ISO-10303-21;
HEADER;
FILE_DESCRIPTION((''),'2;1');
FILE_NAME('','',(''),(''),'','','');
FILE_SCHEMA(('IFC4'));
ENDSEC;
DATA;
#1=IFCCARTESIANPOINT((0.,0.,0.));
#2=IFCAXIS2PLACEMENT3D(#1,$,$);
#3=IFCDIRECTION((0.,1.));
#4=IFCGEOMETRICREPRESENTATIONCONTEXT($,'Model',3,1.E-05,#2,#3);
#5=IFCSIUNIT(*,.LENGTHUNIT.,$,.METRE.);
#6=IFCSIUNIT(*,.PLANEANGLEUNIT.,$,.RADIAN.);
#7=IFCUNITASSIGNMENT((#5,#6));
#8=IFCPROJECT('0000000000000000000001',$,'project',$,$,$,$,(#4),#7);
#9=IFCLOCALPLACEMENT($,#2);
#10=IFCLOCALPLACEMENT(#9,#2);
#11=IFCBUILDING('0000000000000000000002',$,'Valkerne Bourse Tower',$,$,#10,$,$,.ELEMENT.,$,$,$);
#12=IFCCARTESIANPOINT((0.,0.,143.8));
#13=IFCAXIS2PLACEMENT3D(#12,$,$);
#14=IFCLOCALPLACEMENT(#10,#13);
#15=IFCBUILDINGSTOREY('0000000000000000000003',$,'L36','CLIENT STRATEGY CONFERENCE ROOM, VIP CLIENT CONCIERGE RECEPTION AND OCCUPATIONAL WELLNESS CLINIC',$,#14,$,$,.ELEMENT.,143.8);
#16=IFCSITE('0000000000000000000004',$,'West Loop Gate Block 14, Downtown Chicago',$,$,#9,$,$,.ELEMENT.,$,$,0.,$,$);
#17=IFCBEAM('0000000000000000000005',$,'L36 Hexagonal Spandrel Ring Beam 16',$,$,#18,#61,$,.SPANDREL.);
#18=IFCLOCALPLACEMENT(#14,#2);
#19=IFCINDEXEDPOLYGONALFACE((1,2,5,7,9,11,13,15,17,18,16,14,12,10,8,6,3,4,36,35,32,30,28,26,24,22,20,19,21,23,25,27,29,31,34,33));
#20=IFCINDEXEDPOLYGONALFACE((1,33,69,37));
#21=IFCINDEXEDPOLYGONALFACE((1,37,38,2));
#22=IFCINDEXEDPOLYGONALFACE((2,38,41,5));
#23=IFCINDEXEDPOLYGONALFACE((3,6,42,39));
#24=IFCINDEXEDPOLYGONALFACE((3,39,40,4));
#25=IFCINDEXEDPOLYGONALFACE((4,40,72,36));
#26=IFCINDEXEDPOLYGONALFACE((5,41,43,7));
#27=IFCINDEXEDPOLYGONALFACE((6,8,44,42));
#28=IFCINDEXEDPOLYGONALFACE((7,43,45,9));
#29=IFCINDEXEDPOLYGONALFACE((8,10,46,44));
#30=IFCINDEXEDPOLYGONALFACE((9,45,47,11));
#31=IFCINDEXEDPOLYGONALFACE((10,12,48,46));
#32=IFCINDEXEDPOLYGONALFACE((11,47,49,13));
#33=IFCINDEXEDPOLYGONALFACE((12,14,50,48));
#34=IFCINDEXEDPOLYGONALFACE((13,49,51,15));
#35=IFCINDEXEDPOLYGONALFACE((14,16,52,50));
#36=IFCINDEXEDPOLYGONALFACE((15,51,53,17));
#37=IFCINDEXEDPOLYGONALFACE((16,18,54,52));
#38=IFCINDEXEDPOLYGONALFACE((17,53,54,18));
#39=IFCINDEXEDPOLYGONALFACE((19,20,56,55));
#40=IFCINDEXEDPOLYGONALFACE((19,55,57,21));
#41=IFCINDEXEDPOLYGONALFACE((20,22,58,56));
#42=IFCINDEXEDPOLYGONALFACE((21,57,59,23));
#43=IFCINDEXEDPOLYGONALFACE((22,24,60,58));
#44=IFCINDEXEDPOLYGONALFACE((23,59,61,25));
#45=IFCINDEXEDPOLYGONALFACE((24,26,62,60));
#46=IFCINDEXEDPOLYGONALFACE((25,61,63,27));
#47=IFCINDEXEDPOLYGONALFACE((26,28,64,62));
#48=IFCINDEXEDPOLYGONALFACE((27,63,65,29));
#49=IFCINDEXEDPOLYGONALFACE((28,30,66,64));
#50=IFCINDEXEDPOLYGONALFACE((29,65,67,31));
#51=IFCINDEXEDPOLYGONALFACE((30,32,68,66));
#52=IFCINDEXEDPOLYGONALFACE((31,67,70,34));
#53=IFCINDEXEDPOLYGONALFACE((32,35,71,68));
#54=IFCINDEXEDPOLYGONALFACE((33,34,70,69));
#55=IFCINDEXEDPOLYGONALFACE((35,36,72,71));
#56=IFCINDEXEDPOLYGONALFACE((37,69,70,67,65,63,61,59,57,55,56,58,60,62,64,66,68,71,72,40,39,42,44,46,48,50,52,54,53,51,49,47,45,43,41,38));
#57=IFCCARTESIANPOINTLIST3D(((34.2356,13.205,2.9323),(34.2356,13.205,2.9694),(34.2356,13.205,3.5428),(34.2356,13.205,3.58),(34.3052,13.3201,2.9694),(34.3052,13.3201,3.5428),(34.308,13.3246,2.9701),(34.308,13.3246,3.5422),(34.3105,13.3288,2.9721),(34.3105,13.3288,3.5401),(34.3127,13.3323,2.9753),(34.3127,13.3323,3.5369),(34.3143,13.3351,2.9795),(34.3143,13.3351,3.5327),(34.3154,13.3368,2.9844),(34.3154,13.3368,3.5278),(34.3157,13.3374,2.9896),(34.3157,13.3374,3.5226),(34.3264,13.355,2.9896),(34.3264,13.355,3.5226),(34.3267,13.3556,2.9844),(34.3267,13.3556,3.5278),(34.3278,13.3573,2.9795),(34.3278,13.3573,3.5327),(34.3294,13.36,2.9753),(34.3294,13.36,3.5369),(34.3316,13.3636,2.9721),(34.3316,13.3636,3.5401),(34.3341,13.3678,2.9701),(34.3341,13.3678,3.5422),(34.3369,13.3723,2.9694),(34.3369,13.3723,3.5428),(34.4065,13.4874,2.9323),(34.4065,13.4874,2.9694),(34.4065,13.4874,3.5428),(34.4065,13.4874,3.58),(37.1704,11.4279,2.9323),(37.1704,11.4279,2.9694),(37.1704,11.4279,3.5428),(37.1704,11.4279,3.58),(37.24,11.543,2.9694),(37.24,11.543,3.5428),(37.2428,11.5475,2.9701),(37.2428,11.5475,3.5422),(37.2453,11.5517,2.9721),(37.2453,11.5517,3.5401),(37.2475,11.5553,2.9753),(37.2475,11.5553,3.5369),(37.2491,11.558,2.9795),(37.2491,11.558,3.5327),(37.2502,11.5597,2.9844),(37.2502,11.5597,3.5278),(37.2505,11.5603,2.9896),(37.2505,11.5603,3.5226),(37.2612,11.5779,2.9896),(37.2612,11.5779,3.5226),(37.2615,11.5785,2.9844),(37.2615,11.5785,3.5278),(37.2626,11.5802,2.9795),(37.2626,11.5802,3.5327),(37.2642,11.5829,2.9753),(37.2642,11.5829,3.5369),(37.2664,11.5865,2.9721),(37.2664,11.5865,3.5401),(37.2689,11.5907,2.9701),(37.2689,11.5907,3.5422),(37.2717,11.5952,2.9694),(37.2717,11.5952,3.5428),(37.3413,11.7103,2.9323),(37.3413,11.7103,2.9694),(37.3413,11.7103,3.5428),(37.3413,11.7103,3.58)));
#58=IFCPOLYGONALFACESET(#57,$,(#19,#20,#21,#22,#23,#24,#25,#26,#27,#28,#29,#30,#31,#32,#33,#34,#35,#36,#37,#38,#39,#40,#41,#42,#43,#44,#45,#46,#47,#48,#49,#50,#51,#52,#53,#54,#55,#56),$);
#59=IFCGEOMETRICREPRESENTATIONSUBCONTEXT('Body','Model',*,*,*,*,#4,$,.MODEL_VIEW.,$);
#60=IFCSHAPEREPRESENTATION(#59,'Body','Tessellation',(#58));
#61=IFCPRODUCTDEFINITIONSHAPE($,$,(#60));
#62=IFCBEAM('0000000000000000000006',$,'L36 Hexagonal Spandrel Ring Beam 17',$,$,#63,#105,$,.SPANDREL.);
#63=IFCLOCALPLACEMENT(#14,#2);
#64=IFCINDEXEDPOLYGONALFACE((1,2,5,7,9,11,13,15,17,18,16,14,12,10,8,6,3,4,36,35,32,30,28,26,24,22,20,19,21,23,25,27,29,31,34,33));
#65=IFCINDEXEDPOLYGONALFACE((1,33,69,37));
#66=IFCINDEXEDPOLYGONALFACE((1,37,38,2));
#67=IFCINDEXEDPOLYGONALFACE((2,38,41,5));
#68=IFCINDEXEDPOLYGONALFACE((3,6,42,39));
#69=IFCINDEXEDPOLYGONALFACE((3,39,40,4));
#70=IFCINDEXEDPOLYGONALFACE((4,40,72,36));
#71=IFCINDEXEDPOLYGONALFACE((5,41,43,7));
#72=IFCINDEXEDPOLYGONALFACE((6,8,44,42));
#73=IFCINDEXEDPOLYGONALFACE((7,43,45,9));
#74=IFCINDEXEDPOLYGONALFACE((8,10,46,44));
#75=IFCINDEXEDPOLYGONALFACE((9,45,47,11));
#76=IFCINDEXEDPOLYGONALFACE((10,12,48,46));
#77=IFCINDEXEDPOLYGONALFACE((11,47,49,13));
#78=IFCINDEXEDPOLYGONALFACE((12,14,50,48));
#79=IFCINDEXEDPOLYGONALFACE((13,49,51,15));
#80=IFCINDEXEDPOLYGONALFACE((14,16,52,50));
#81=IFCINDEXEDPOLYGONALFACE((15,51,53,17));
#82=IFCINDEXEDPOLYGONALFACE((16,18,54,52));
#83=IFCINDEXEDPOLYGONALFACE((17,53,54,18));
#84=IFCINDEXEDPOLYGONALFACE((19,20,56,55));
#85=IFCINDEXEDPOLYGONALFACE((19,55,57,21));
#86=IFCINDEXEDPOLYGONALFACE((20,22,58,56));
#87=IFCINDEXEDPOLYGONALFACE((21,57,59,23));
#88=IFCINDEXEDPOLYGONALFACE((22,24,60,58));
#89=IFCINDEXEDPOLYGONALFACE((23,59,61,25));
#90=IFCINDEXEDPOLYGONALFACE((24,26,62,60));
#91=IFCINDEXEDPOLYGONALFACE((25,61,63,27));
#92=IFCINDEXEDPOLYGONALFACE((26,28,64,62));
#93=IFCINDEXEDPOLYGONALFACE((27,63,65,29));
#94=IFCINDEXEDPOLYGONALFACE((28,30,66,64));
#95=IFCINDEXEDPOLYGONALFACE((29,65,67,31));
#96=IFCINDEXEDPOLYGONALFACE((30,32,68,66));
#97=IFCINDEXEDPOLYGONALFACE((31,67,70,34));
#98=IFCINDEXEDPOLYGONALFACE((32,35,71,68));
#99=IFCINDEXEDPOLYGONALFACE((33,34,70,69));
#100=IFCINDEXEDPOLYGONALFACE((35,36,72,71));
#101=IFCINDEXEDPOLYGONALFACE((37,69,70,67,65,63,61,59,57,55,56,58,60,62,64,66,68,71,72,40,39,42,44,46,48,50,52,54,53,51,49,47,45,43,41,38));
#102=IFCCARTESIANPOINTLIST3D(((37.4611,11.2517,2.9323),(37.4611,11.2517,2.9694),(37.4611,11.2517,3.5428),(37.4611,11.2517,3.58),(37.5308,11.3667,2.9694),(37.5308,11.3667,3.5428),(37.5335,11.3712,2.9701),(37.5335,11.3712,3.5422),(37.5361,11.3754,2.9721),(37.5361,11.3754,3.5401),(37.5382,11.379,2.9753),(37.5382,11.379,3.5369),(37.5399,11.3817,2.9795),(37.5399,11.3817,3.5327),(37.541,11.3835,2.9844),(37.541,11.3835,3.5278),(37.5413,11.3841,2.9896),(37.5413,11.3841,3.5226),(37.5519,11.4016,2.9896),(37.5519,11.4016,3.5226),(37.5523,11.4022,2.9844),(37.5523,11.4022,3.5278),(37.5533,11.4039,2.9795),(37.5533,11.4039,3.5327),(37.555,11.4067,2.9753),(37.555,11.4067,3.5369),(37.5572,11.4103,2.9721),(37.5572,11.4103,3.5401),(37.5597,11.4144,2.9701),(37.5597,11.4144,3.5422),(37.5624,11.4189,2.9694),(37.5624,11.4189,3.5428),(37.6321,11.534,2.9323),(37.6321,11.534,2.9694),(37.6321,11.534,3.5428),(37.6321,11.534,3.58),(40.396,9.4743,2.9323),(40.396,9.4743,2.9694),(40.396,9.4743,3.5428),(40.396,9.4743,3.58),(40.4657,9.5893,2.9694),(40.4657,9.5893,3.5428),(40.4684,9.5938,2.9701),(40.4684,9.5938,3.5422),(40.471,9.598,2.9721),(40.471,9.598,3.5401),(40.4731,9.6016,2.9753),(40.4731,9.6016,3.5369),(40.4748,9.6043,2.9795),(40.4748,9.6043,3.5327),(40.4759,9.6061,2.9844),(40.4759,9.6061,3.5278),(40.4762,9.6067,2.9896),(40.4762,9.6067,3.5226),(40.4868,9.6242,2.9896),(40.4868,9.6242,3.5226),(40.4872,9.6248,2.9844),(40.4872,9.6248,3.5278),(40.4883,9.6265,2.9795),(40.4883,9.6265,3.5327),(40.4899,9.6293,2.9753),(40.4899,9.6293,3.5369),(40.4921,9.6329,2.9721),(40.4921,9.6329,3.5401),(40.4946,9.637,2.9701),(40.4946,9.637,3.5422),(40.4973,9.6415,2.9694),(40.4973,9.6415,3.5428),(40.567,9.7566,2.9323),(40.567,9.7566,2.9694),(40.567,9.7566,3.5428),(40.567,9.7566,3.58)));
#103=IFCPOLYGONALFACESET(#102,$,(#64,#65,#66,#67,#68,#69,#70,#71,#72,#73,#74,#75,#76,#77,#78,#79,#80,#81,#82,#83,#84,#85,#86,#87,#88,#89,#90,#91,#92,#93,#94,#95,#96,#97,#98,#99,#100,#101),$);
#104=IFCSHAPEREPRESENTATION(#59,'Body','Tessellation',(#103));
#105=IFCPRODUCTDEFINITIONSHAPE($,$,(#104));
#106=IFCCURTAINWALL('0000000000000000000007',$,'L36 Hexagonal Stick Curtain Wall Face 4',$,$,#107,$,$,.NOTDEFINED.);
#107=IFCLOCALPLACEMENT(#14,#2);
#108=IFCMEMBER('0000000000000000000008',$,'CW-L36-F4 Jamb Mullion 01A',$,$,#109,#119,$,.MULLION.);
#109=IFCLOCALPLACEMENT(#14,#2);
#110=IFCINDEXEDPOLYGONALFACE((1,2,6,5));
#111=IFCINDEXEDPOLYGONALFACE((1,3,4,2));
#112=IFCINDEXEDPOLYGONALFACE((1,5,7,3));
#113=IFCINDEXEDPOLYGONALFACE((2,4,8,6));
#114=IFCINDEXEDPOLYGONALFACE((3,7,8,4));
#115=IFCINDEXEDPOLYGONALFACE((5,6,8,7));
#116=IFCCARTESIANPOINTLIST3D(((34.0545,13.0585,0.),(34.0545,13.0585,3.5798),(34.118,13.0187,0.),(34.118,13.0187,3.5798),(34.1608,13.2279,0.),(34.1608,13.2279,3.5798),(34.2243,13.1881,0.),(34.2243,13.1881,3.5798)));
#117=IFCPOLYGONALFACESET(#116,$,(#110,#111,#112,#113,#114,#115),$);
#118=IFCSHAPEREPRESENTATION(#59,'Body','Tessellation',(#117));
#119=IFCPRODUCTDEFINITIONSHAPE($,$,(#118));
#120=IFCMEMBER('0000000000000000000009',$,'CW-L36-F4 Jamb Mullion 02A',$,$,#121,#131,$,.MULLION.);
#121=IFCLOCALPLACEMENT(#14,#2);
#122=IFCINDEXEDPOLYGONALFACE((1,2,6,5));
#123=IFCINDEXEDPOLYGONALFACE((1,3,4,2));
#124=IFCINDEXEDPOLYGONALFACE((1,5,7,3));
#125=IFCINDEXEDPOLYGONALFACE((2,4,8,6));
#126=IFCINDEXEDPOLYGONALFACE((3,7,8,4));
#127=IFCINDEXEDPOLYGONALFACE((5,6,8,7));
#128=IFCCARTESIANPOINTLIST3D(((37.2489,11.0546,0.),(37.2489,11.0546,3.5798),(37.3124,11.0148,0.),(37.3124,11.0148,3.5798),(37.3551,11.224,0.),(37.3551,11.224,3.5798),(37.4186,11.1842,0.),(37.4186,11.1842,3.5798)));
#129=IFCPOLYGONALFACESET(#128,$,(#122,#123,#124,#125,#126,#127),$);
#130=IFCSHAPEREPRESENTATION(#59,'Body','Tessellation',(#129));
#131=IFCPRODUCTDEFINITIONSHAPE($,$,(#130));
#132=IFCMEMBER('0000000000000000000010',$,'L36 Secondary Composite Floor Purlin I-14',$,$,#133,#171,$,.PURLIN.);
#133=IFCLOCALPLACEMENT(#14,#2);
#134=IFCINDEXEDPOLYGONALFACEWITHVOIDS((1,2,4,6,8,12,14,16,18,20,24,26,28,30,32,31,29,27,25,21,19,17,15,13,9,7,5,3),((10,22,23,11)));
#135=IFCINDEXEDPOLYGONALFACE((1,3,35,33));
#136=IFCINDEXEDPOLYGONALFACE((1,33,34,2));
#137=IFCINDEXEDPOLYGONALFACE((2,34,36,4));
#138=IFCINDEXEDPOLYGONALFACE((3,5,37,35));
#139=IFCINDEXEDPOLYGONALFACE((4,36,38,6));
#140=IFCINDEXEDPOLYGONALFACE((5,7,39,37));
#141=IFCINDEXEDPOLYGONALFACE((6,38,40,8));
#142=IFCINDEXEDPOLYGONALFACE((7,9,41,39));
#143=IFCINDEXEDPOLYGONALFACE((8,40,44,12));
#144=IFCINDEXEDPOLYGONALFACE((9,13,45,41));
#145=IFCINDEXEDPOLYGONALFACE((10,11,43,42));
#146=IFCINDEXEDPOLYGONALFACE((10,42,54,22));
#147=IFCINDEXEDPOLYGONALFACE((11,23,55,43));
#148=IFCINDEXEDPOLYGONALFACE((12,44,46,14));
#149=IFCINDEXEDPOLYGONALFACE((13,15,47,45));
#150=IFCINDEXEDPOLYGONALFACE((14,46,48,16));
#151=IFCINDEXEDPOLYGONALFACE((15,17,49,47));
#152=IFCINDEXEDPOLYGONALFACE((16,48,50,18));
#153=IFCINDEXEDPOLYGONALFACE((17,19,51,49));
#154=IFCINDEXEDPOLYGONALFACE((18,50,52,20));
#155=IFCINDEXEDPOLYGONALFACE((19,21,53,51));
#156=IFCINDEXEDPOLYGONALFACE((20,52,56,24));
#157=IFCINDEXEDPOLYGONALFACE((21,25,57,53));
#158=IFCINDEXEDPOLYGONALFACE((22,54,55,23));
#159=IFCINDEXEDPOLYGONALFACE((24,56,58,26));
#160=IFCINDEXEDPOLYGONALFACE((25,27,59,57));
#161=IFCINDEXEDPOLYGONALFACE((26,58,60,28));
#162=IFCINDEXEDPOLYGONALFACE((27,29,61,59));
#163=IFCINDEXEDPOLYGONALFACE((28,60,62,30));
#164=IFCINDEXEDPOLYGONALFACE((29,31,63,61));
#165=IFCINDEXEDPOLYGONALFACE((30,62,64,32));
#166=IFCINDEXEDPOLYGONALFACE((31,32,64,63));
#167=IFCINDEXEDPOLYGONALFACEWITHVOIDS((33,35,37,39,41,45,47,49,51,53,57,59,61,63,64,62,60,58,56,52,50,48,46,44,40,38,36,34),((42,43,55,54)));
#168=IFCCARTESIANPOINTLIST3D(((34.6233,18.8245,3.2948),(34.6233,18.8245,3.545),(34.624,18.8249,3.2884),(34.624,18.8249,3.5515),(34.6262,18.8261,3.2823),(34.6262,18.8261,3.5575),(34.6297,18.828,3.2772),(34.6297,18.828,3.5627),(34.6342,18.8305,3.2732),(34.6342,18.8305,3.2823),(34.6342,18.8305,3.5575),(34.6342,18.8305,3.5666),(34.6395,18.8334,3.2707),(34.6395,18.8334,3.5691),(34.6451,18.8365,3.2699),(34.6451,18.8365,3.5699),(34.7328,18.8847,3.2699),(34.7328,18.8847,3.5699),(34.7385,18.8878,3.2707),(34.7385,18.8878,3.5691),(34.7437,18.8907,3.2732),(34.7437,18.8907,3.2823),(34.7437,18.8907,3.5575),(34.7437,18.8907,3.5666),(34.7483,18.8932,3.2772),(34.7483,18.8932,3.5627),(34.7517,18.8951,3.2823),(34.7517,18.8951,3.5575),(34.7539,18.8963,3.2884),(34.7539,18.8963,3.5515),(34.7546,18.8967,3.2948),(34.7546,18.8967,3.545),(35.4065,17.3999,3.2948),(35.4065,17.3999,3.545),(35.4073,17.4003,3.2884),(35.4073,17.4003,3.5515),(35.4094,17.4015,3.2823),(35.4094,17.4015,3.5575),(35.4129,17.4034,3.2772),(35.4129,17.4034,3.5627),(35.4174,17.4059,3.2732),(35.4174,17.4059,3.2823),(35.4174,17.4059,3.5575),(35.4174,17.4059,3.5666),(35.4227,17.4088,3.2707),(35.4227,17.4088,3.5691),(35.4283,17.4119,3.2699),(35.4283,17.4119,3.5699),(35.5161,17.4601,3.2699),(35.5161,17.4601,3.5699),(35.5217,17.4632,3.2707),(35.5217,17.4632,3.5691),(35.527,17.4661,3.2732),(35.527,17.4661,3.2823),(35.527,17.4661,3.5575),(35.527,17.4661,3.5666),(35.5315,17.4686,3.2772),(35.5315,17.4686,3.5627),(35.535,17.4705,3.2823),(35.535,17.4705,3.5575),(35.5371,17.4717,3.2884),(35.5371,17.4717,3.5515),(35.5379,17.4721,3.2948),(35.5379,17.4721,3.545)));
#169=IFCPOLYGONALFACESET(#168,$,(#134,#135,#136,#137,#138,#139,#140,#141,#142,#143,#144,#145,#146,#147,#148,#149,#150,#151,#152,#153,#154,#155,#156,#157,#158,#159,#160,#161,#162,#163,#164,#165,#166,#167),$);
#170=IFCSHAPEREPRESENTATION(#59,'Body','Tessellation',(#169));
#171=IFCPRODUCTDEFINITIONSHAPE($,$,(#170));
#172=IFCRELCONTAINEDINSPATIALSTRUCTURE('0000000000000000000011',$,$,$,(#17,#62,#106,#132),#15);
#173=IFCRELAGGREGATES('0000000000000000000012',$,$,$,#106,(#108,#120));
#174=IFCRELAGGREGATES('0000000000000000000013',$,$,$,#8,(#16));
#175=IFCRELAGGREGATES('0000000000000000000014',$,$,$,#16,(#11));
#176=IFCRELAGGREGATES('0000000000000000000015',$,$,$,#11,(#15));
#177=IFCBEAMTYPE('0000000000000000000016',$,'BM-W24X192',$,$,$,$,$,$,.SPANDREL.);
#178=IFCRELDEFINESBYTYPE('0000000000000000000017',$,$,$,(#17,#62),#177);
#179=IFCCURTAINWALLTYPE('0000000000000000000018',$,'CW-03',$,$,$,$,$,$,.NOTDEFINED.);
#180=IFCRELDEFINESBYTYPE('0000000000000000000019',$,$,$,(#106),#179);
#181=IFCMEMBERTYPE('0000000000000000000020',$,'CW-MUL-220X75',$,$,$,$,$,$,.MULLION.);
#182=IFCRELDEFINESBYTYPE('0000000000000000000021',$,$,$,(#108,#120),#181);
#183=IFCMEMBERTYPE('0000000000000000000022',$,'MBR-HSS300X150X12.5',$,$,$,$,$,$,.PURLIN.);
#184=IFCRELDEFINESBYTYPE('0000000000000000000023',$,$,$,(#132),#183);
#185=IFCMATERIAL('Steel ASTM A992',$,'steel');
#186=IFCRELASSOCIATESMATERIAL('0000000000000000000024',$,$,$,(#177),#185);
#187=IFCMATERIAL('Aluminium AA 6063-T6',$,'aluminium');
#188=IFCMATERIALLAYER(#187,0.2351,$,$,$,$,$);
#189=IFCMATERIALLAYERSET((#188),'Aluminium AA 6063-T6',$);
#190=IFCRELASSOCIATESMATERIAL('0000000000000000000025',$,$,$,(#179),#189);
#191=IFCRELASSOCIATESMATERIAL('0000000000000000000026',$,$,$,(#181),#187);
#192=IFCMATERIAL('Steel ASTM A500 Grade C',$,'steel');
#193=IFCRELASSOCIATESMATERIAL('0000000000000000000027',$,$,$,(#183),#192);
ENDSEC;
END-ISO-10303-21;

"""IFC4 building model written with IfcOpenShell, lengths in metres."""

from ifc_helpers import new_model, si_unit, direction, frame, origin, origin_2d, place, context, subcontext, project, spatial, rectangle, hollow_rectangle, i_section, extrude, material, layer, layer_set, material_profile, profile_set, type_object, element, aggregate, save


model = new_model("IFC4")

# Units and contexts
model_context = context("Model", 3, precision=1e-05, world=origin(), true_north=direction((0.0, 1.0)))
body_context = subcontext(model_context, "Body", "Model", "MODEL_VIEW")
ifc_project = project(units=[si_unit("LENGTHUNIT", "METRE"), si_unit("PLANEANGLEUNIT", "RADIAN")], contexts=[model_context])

# Site, building, storey
site_placement = place(None, origin())
site = spatial("IfcSite", under=ifc_project, at=site_placement, Name="West Loop Gate Block 14, Downtown Chicago", CompositionType="ELEMENT", RefElevation=0.0)
building_placement = place(site_placement, origin())
building = spatial("IfcBuilding", under=site, at=building_placement, Name="Valkerne Bourse Tower", CompositionType="ELEMENT")
storey_placement = place(building_placement, frame((0.0, 0.0, 143.8)))
storey = spatial("IfcBuildingStorey", under=building, at=storey_placement, Name="L36", Description="CLIENT STRATEGY CONFERENCE ROOM, VIP CLIENT CONCIERGE RECEPTION AND OCCUPATIONAL WELLNESS CLINIC", CompositionType="ELEMENT", Elevation=143.8)

# Beams
ifc_material_1 = material(Name="Steel ASTM A992", Category="steel")
ifc_material_profile_1 = material_profile(ifc_material_1, i_section(OverallWidth=0.3301, OverallDepth=0.6477, WebThickness=0.0205, FlangeThickness=0.0371, FilletRadius=0.0203, at=origin_2d()), Name="W24X192")
ifc_profile_set_1 = profile_set([ifc_material_profile_1], Name="Steel ASTM A992")
beam_type_1 = type_object("IfcBeamType", Name="BM-W24X192", PredefinedType="SPANDREL", material=ifc_profile_set_1)
beam_1_placement = place(storey_placement, frame((34.321, 13.3462, 3.2561), z_axis=(0.855401, -0.517966, 0.0), x_axis=(0.517966, 0.855401, 0.0)))
element("IfcBeam", 1, at=beam_1_placement, inside=storey, type_object=beam_type_1, Name="L36 Hexagonal Spandrel Ring Beam 16", PredefinedType="SPANDREL", context=body_context, shape_type="SweptSolid", body=[
    extrude(i_section(OverallWidth=0.3301, OverallDepth=0.6477, WebThickness=0.0205, FlangeThickness=0.0371, FilletRadius=0.0203, at=origin_2d()), origin(), (0.0, 0.0, 1.0), 3.4309),
])
beam_2_placement = place(storey_placement, frame((37.5466, 11.3928, 3.2561), z_axis=(0.85537, -0.518018, 0.0), x_axis=(0.518018, 0.85537, 0.0)))
element("IfcBeam", 2, at=beam_2_placement, inside=storey, type_object=beam_type_1, Name="L36 Hexagonal Spandrel Ring Beam 17", PredefinedType="SPANDREL", context=body_context, shape_type="SweptSolid", body=[
    extrude(i_section(OverallWidth=0.3301, OverallDepth=0.6477, WebThickness=0.0205, FlangeThickness=0.0371, FilletRadius=0.0203, at=origin_2d()), origin(), (0.0, 0.0, 1.0), 3.4312),
])

# Curtain wall, members
ifc_material_2 = material(Name="Aluminium AA 6063-T6", Category="aluminium")
ifc_layer_1 = layer(ifc_material_2, 0.2351)
ifc_layer_set_1 = layer_set([ifc_layer_1], Name="Aluminium AA 6063-T6")
curtain_wall_type = type_object("IfcCurtainWallType", Name="CW-03", PredefinedType="NOTDEFINED", material=ifc_layer_set_1)
curtain_wall_placement = place(storey_placement, origin())
curtain_wall = element("IfcCurtainWall", 3, at=curtain_wall_placement, inside=storey, type_object=curtain_wall_type, Name="L36 Hexagonal Stick Curtain Wall Face 4", PredefinedType="NOTDEFINED")
ifc_material_profile_2 = material_profile(ifc_material_2, rectangle(XDim=0.075, YDim=0.2, at=origin_2d()), Name="CWM-75X200")
ifc_profile_set_2 = profile_set([ifc_material_profile_2], Name="Aluminium AA 6063-T6")
member_type_1 = type_object("IfcMemberType", Name="CW-MUL-220X75", PredefinedType="MULLION", material=ifc_profile_set_2)
member_1_placement = place(storey_placement, frame((34.1394, 13.1233, 0.0), z_axis=(0.0, 0.0, 1.0), x_axis=(0.847123, -0.531397, 0.0)))
member_1 = element("IfcMember", 4, at=member_1_placement, type_object=member_type_1, Name="CW-L36-F4 Jamb Mullion 01A", PredefinedType="MULLION", context=body_context, shape_type="SweptSolid", body=[
    extrude(rectangle(XDim=0.075, YDim=0.2, at=origin_2d()), origin(), (0.0, 0.0, 1.0), 3.5798),
])
member_2_placement = place(storey_placement, frame((37.3337, 11.1194, 0.0), z_axis=(0.0, 0.0, 1.0), x_axis=(0.847123, -0.531397, 0.0)))
member_2 = element("IfcMember", 5, at=member_2_placement, type_object=member_type_1, Name="CW-L36-F4 Jamb Mullion 02A", PredefinedType="MULLION", context=body_context, shape_type="SweptSolid", body=[
    extrude(rectangle(XDim=0.075, YDim=0.2, at=origin_2d()), origin(), (0.0, 0.0, 1.0), 3.5798),
])

# Member
ifc_material_3 = material(Name="Steel ASTM A500 Grade C", Category="steel")
ifc_material_profile_3 = material_profile(ifc_material_3, hollow_rectangle(XDim=0.1499, YDim=0.3, WallThickness=0.0125, OuterFilletRadius=0.0249, at=origin_2d()), Name="HSS300X150X12.5")
ifc_profile_set_3 = profile_set([ifc_material_profile_3], Name="Steel ASTM A500 Grade C")
member_type_2 = type_object("IfcMemberType", Name="MBR-HSS300X150X12.5", PredefinedType="PURLIN", material=ifc_profile_set_3)
member_3_placement = place(storey_placement, frame((34.689, 18.8606, 3.4199), z_axis=(0.481775, -0.876295, 0.0), x_axis=(0.876295, 0.481775, 0.0)))
element("IfcMember", 6, at=member_3_placement, inside=storey, type_object=member_type_2, Name="L36 Secondary Composite Floor Purlin I-14", PredefinedType="PURLIN", context=body_context, shape_type="SweptSolid", body=[
    extrude(hollow_rectangle(XDim=0.1499, YDim=0.3, WallThickness=0.0125, OuterFilletRadius=0.0249, at=origin_2d()), origin(), (0.0, 0.0, 1.0), 1.6257),
])

aggregate(curtain_wall, [member_1, member_2])

save(model, "model.ifc")
